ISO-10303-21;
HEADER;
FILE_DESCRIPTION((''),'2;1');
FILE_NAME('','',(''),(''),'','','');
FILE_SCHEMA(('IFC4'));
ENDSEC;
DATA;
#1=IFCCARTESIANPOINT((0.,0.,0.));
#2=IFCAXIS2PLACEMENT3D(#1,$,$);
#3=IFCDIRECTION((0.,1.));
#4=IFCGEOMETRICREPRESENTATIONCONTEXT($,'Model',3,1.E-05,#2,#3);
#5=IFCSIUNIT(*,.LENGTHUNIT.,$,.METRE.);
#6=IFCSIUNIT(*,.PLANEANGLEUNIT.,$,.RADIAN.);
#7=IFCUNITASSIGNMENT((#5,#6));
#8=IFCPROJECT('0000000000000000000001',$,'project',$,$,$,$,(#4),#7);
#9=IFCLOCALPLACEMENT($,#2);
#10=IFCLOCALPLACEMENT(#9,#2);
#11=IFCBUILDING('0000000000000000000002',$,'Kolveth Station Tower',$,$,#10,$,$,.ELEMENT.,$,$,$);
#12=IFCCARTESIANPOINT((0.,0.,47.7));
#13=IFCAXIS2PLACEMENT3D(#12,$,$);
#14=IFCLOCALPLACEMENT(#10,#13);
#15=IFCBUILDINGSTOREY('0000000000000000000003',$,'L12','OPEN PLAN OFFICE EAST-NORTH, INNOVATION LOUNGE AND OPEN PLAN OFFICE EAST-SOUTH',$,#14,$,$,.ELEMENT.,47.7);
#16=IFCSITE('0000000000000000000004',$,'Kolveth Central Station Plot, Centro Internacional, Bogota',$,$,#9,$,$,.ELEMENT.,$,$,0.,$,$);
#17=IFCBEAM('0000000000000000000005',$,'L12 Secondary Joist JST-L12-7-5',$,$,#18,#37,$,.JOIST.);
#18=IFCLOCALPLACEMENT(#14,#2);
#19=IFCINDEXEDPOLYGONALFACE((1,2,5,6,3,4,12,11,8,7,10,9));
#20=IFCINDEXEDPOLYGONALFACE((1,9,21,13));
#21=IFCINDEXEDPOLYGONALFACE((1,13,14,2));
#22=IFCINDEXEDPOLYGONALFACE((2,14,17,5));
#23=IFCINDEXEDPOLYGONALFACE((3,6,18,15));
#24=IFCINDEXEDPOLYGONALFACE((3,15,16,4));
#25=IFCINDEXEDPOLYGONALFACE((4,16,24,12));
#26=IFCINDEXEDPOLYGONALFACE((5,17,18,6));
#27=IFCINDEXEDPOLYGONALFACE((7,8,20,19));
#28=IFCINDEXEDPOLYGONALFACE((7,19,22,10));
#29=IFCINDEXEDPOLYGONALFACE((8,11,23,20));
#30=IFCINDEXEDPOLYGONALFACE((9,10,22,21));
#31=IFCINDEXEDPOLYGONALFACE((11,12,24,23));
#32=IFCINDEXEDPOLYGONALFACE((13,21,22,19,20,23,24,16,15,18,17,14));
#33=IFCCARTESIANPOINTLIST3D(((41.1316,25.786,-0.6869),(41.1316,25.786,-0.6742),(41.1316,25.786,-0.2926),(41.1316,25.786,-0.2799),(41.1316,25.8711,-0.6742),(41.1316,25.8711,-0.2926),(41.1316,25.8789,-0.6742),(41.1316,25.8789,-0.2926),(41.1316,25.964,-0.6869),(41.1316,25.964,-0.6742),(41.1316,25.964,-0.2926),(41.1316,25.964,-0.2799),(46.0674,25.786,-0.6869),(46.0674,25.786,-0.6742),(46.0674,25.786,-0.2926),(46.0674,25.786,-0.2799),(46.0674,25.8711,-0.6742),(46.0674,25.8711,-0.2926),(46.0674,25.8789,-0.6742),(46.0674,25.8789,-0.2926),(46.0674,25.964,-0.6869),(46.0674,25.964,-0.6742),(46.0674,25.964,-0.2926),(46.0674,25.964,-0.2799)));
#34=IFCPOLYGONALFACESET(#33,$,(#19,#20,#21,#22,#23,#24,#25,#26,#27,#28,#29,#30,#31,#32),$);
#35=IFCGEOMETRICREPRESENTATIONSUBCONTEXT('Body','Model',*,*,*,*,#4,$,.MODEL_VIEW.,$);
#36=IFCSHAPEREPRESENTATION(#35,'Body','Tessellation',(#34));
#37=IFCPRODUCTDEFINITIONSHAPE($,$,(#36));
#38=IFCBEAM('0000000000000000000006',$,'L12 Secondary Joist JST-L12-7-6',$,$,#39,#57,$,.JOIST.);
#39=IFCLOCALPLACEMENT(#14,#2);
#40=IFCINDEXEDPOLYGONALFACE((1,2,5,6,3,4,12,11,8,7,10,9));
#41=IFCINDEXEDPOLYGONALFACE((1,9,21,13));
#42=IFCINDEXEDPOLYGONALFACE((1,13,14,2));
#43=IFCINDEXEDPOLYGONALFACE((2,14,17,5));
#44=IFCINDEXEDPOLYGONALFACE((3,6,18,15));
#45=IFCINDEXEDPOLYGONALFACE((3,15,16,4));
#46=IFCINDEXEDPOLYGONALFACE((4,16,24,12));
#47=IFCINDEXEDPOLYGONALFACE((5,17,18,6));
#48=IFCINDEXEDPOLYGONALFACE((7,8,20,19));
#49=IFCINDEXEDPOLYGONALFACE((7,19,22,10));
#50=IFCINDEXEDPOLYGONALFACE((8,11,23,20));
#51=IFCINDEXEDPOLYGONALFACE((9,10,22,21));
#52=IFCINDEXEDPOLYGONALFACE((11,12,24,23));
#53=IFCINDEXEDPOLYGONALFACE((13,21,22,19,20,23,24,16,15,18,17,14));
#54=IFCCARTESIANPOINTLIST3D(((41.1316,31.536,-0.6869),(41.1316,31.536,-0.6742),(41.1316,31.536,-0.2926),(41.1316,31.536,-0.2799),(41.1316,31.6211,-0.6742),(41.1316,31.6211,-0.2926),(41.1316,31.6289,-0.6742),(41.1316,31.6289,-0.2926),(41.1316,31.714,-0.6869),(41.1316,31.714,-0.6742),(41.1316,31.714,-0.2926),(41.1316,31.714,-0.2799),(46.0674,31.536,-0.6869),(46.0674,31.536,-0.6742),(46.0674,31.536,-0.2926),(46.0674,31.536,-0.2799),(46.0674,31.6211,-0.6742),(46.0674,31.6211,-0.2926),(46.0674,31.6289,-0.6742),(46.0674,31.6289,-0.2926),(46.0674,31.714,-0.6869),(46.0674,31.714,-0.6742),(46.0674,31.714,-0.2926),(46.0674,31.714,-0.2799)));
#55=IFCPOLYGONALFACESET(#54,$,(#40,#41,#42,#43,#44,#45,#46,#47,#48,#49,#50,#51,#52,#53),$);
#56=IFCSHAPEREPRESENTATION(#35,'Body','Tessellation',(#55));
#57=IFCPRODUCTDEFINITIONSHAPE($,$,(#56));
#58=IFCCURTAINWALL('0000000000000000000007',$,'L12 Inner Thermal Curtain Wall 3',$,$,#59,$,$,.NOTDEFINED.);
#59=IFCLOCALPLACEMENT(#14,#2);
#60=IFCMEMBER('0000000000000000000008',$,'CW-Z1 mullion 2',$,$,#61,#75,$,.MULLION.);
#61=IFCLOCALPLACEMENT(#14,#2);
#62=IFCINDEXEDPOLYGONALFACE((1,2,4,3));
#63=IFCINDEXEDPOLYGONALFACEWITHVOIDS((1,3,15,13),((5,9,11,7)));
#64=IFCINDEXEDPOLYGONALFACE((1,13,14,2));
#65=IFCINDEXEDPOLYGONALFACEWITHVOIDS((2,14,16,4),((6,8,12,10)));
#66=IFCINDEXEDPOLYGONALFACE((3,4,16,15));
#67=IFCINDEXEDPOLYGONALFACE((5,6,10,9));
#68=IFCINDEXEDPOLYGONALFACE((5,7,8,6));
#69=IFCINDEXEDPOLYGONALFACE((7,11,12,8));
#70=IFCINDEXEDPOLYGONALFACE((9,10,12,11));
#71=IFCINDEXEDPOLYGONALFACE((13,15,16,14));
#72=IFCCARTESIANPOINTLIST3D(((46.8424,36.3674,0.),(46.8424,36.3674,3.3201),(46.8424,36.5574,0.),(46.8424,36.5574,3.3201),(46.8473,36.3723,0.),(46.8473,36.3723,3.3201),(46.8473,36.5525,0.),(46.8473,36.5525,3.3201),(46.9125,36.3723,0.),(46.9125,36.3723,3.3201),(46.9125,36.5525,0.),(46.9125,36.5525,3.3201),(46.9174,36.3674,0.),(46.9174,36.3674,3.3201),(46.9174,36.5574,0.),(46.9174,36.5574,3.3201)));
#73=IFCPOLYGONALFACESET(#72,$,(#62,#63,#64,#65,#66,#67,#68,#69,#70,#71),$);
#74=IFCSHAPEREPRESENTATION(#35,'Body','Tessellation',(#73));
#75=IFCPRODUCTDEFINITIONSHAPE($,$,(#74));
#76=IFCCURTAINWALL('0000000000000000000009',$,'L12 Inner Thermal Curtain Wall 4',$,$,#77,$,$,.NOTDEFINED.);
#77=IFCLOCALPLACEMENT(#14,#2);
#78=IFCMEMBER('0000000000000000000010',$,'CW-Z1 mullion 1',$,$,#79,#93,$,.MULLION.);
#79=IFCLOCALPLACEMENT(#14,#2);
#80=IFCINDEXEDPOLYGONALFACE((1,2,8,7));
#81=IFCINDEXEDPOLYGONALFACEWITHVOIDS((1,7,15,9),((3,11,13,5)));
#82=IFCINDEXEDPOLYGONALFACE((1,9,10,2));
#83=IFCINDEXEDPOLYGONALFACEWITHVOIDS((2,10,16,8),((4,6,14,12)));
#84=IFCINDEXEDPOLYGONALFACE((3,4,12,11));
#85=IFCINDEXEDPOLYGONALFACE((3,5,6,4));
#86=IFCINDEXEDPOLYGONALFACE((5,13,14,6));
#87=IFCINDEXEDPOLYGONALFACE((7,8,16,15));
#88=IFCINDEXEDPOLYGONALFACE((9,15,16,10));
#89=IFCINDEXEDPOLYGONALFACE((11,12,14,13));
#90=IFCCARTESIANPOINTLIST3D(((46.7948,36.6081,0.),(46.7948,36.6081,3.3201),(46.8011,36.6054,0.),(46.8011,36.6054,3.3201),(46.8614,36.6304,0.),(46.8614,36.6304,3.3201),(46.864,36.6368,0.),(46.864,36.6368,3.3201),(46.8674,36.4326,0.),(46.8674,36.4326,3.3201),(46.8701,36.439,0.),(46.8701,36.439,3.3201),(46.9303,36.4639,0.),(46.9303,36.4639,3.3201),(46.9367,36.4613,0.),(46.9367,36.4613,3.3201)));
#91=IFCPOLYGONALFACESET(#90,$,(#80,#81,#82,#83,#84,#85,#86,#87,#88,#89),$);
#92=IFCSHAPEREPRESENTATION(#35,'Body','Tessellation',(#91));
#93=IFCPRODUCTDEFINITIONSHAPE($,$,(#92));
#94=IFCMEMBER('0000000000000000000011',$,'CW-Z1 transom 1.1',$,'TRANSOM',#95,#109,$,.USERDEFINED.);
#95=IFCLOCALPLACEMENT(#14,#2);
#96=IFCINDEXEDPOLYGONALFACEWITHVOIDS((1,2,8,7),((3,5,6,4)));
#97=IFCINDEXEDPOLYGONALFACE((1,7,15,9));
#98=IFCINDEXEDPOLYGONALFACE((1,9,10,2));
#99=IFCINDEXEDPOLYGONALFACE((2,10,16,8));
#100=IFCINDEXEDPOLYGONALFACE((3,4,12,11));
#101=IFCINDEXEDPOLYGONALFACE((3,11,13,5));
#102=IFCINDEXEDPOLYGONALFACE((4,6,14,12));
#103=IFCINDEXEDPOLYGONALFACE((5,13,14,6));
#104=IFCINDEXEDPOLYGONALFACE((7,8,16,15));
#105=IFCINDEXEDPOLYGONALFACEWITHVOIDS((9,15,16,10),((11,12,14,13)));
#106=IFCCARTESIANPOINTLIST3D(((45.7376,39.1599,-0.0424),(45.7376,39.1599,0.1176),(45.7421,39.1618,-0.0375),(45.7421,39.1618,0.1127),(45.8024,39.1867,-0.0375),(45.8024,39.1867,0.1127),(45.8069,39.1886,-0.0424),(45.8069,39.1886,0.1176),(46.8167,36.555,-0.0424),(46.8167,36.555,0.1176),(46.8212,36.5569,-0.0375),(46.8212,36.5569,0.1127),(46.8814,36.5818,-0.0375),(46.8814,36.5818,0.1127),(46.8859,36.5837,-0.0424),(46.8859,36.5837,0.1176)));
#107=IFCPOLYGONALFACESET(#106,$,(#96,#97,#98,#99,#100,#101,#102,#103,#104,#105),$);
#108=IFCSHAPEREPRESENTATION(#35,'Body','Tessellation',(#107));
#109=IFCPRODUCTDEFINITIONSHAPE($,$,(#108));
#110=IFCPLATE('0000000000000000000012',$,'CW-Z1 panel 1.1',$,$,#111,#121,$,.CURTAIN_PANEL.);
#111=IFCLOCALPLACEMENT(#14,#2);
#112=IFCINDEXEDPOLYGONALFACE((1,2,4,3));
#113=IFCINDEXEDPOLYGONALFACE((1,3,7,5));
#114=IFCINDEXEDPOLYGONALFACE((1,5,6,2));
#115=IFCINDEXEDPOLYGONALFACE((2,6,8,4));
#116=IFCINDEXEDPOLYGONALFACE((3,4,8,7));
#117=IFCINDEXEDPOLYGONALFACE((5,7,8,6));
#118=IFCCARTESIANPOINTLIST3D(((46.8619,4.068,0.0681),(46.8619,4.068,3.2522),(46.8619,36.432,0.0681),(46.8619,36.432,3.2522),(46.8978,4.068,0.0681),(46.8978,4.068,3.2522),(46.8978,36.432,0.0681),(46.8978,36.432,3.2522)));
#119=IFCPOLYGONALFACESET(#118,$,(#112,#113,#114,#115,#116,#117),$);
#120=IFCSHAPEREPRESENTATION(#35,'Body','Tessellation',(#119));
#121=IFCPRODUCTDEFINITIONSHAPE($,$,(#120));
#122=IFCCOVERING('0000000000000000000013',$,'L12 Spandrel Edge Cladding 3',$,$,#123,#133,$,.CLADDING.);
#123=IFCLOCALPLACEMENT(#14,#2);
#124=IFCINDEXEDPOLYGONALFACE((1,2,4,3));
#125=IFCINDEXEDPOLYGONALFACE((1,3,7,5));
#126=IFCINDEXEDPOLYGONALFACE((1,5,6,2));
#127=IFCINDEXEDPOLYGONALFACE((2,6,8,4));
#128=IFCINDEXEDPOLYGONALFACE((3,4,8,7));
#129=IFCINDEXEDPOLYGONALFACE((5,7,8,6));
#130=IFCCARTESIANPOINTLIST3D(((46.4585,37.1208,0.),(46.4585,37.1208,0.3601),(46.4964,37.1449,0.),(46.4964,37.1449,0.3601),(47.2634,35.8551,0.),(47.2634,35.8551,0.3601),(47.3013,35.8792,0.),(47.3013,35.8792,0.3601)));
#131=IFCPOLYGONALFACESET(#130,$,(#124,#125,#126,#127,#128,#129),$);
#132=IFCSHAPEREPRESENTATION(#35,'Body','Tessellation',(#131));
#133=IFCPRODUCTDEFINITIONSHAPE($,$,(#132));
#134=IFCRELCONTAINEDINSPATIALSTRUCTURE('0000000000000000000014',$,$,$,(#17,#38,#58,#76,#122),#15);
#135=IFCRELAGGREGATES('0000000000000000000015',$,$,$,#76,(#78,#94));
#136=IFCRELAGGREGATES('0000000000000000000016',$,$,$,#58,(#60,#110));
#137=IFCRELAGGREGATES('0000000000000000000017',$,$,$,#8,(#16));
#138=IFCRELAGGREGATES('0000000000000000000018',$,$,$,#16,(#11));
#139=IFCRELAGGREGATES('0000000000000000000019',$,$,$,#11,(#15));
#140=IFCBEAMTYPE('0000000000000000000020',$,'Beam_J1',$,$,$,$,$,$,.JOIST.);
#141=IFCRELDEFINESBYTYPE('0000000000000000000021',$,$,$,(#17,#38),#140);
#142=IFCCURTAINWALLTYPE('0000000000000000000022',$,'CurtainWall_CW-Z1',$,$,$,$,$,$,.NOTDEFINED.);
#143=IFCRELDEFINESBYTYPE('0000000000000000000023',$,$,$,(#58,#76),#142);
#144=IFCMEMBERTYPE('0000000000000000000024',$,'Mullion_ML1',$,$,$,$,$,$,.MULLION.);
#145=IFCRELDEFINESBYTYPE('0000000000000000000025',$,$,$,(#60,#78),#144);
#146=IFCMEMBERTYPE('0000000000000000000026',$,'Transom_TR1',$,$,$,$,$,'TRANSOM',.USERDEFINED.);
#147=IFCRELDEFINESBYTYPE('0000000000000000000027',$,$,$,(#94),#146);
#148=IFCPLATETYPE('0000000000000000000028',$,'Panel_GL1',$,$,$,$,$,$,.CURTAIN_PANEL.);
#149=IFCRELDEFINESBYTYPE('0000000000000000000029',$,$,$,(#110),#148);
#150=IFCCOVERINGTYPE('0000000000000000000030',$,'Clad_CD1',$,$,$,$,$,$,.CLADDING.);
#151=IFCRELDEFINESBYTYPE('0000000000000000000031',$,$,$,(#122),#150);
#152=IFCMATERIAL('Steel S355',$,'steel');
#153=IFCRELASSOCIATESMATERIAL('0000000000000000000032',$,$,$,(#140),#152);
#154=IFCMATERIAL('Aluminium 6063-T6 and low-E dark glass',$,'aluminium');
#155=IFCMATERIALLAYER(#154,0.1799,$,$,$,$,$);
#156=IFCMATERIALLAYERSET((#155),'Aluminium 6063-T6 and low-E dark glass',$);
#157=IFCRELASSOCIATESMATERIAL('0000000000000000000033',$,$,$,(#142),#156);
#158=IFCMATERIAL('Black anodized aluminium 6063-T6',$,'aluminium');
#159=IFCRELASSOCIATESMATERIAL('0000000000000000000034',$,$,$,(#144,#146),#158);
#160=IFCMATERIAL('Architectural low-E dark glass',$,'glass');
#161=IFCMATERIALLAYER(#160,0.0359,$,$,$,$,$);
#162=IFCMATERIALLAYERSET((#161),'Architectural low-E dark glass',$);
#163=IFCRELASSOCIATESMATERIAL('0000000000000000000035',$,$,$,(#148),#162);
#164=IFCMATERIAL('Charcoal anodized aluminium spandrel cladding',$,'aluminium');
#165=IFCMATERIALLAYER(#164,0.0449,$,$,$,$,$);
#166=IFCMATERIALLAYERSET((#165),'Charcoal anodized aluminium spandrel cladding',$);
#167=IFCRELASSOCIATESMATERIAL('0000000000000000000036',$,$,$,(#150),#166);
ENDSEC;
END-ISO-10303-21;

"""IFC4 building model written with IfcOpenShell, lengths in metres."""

from ifc_helpers import new_model, si_unit, direction, frame, origin, origin_2d, place, context, subcontext, project, spatial, rectangle, hollow_rectangle, i_section, extrude, source, transform, mapped, material, layer, layer_set, material_profile, profile_set, type_object, element, aggregate, save


model = new_model("IFC4")

# Units and contexts
model_context = context("Model", 3, precision=1e-05, world=origin(), true_north=direction((0.0, 1.0)))
body_context = subcontext(model_context, "Body", "Model", "MODEL_VIEW")
ifc_project = project(units=[si_unit("LENGTHUNIT", "METRE"), si_unit("PLANEANGLEUNIT", "RADIAN")], contexts=[model_context])

# Site, building, storey
site_placement = place(None, origin())
site = spatial("IfcSite", under=ifc_project, at=site_placement, Name="Kolveth Central Station Plot, Centro Internacional, Bogota", CompositionType="ELEMENT", RefElevation=0.0)
building_placement = place(site_placement, origin())
building = spatial("IfcBuilding", under=site, at=building_placement, Name="Kolveth Station Tower", CompositionType="ELEMENT")
storey_placement = place(building_placement, frame((0.0, 0.0, 47.7)))
storey = spatial("IfcBuildingStorey", under=building, at=storey_placement, Name="L12", Description="OPEN PLAN OFFICE EAST-NORTH, INNOVATION LOUNGE AND OPEN PLAN OFFICE EAST-SOUTH", CompositionType="ELEMENT", Elevation=47.7)

# Shared definitions
ifc_material_1 = material(Name="Steel S355", Category="steel")

# Beams
ifc_material_profile_1 = material_profile(ifc_material_1, i_section(OverallWidth=0.178, OverallDepth=0.407, WebThickness=0.0078, FlangeThickness=0.0127, at=origin_2d()), Name="W410x60")
ifc_profile_set_1 = profile_set([ifc_material_profile_1], Name="Steel S355")
beam_type_1 = type_object("IfcBeamType", Name="Beam_J1", PredefinedType="JOIST", material=ifc_profile_set_1)
shared_shape_1 = source(origin(), body_context, "Body", "SweptSolid", [
    extrude(i_section(OverallWidth=0.178, OverallDepth=0.407, WebThickness=0.0078, FlangeThickness=0.0127, at=origin_2d()), origin(), (0.0, 0.0, 1.0), 4.9358),
])
for number, where, z_axis, x_axis, name in (
    (1, (41.1316, 25.875, -0.4834), (1.0, 0.0, 0.0), (0.0, 1.0, 0.0), "L12 Secondary Joist JST-L12-7-5"),
    (2, (41.1316, 31.625, -0.4834), (1.0, 0.0, 0.0), (0.0, 1.0, 0.0), "L12 Secondary Joist JST-L12-7-6"),
):
    element("IfcBeam", number, at=place(storey_placement, frame(where, z_axis=z_axis, x_axis=x_axis)), inside=storey, type_object=beam_type_1, Name=name, PredefinedType="JOIST", context=body_context, shape_type="MappedRepresentation", body=[
        mapped(shared_shape_1, transform((0.0, 0.0, 0.0), x_axis=(1.0, 0.0, 0.0), y_axis=(0.0, 1.0, 0.0), z_axis=(0.0, 0.0, 1.0), scale=1.0)),
    ])

# Curtain wall, member
ifc_material_2 = material(Name="Aluminium 6063-T6 and low-E dark glass", Category="aluminium")
ifc_layer_1 = layer(ifc_material_2, 0.1799)
ifc_layer_set_1 = layer_set([ifc_layer_1], Name="Aluminium 6063-T6 and low-E dark glass")
curtain_wall_type = type_object("IfcCurtainWallType", Name="CurtainWall_CW-Z1", PredefinedType="NOTDEFINED", material=ifc_layer_set_1)
curtain_wall_1_placement = place(storey_placement, origin())
curtain_wall_1 = element("IfcCurtainWall", 3, at=curtain_wall_1_placement, inside=storey, type_object=curtain_wall_type, Name="L12 Inner Thermal Curtain Wall 3", PredefinedType="NOTDEFINED")
ifc_material_3 = material(Name="Black anodized aluminium 6063-T6", Category="aluminium")
ifc_material_profile_2 = material_profile(ifc_material_3, hollow_rectangle(XDim=0.075, YDim=0.1899, WallThickness=0.0049, at=origin_2d()), Name="ALU-75x190x5")
ifc_profile_set_2 = profile_set([ifc_material_profile_2], Name="Black anodized aluminium 6063-T6")
member_type_1 = type_object("IfcMemberType", Name="Mullion_ML1", PredefinedType="MULLION", material=ifc_profile_set_2)
shared_shape_2 = source(origin(), body_context, "Body", "SweptSolid", [
    extrude(hollow_rectangle(XDim=0.075, YDim=0.1899, WallThickness=0.0049, at=origin_2d()), origin(), (0.0, 0.0, 1.0), 3.3201),
])
member_1_placement = place(storey_placement, frame((46.8799, 36.4624, 0.0), z_axis=(0.0, 0.0, 1.0), x_axis=(-1.0, 0.0, 0.0)))
member_1 = element("IfcMember", 4, at=member_1_placement, type_object=member_type_1, Name="CW-Z1 mullion 2", PredefinedType="MULLION", context=body_context, shape_type="MappedRepresentation", body=[
    mapped(shared_shape_2, transform((0.0, 0.0, 0.0), x_axis=(1.0, 0.0, 0.0), y_axis=(0.0, 1.0, 0.0), z_axis=(0.0, 0.0, 1.0), scale=1.0)),
])

# Curtain wall, members
curtain_wall_2_placement = place(storey_placement, origin())
curtain_wall_2 = element("IfcCurtainWall", 5, at=curtain_wall_2_placement, inside=storey, type_object=curtain_wall_type, Name="L12 Inner Thermal Curtain Wall 4", PredefinedType="NOTDEFINED")
member_2_placement = place(storey_placement, frame((46.8657, 36.5347, 0.0), z_axis=(0.0, 0.0, 1.0), x_axis=(-0.923884, -0.382673, 0.0)))
member_2 = element("IfcMember", 6, at=member_2_placement, type_object=member_type_1, Name="CW-Z1 mullion 1", PredefinedType="MULLION", context=body_context, shape_type="MappedRepresentation", body=[
    mapped(shared_shape_2, transform((0.0, 0.0, 0.0), x_axis=(1.0, 0.0, 0.0), y_axis=(0.0, 1.0, 0.0), z_axis=(0.0, 0.0, 1.0), scale=1.0)),
])
ifc_material_profile_3 = material_profile(ifc_material_3, hollow_rectangle(XDim=0.075, YDim=0.1599, WallThickness=0.0049, at=origin_2d()), Name="ALU-75x160x5")
ifc_profile_set_3 = profile_set([ifc_material_profile_3], Name="Black anodized aluminium 6063-T6")
member_type_2 = type_object("IfcMemberType", Name="Transom_TR1", ElementType="TRANSOM", PredefinedType="USERDEFINED", material=ifc_profile_set_3)
shared_shape_3 = source(origin(), body_context, "Body", "SweptSolid", [
    extrude(hollow_rectangle(XDim=0.075, YDim=0.1599, WallThickness=0.0049, at=origin_2d()), origin(), (0.0, 0.0, 1.0), 2.8196),
])
member_3_placement = place(storey_placement, frame((46.8513, 36.5693, 0.0376), z_axis=(-0.382709, 0.923869, 0.0), x_axis=(-0.923869, -0.382709, 0.0)))
member_3 = element("IfcMember", 7, at=member_3_placement, type_object=member_type_2, Name="CW-Z1 transom 1.1", ObjectType="TRANSOM", PredefinedType="USERDEFINED", context=body_context, shape_type="MappedRepresentation", body=[
    mapped(shared_shape_3, transform((0.0, 0.0, 0.0), x_axis=(1.0, 0.0, 0.0), y_axis=(0.0, 1.0, 0.0), z_axis=(0.0, 0.0, 1.0), scale=1.0)),
])
aggregate(curtain_wall_2, [member_2, member_3])

# Plate
ifc_material_4 = material(Name="Architectural low-E dark glass", Category="glass")
ifc_layer_2 = layer(ifc_material_4, 0.0359)
ifc_layer_set_2 = layer_set([ifc_layer_2], Name="Architectural low-E dark glass")
plate_type = type_object("IfcPlateType", Name="Panel_GL1", PredefinedType="CURTAIN_PANEL", material=ifc_layer_set_2)
shared_shape_4 = source(origin(), body_context, "Body", "SweptSolid", [
    extrude(rectangle(XDim=32.364, YDim=0.0359, at=origin_2d()), origin(), (0.0, 0.0, 1.0), 3.1841),
])
plate_placement = place(storey_placement, frame((46.8799, 20.25, 0.0681), z_axis=(0.0, 0.0, 1.0), x_axis=(0.0, 1.0, 0.0)))
plate = element("IfcPlate", 8, at=plate_placement, type_object=plate_type, Name="CW-Z1 panel 1.1", PredefinedType="CURTAIN_PANEL", context=body_context, shape_type="MappedRepresentation", body=[
    mapped(shared_shape_4, transform((0.0, 0.0, 0.0), x_axis=(1.0, 0.0, 0.0), y_axis=(0.0, 1.0, 0.0), z_axis=(0.0, 0.0, 1.0), scale=1.0)),
])
aggregate(curtain_wall_1, [member_1, plate])

# Covering
ifc_material_5 = material(Name="Charcoal anodized aluminium spandrel cladding", Category="aluminium")
ifc_layer_3 = layer(ifc_material_5, 0.0449)
ifc_layer_set_3 = layer_set([ifc_layer_3], Name="Charcoal anodized aluminium spandrel cladding")
covering_type = type_object("IfcCoveringType", Name="Clad_CD1", PredefinedType="CLADDING", material=ifc_layer_set_3)
shared_shape_5 = source(origin(), body_context, "Body", "SweptSolid", [
    extrude(rectangle(XDim=1.5, YDim=0.0449, at=origin_2d()), origin(), (0.0, 0.0, 1.0), 0.3601),
])
covering_placement = place(storey_placement, frame((46.8799, 36.5, 0.0), z_axis=(0.0, 0.0, 1.0), x_axis=(-0.536563, 0.84386, 0.0)))
element("IfcCovering", 9, at=covering_placement, inside=storey, type_object=covering_type, Name="L12 Spandrel Edge Cladding 3", PredefinedType="CLADDING", context=body_context, shape_type="MappedRepresentation", body=[
    mapped(shared_shape_5, transform((0.0, 0.0, 0.0), x_axis=(1.0, 0.0, 0.0), y_axis=(0.0, 1.0, 0.0), z_axis=(0.0, 0.0, 1.0), scale=1.0)),
])

save(model, "model.ifc")
